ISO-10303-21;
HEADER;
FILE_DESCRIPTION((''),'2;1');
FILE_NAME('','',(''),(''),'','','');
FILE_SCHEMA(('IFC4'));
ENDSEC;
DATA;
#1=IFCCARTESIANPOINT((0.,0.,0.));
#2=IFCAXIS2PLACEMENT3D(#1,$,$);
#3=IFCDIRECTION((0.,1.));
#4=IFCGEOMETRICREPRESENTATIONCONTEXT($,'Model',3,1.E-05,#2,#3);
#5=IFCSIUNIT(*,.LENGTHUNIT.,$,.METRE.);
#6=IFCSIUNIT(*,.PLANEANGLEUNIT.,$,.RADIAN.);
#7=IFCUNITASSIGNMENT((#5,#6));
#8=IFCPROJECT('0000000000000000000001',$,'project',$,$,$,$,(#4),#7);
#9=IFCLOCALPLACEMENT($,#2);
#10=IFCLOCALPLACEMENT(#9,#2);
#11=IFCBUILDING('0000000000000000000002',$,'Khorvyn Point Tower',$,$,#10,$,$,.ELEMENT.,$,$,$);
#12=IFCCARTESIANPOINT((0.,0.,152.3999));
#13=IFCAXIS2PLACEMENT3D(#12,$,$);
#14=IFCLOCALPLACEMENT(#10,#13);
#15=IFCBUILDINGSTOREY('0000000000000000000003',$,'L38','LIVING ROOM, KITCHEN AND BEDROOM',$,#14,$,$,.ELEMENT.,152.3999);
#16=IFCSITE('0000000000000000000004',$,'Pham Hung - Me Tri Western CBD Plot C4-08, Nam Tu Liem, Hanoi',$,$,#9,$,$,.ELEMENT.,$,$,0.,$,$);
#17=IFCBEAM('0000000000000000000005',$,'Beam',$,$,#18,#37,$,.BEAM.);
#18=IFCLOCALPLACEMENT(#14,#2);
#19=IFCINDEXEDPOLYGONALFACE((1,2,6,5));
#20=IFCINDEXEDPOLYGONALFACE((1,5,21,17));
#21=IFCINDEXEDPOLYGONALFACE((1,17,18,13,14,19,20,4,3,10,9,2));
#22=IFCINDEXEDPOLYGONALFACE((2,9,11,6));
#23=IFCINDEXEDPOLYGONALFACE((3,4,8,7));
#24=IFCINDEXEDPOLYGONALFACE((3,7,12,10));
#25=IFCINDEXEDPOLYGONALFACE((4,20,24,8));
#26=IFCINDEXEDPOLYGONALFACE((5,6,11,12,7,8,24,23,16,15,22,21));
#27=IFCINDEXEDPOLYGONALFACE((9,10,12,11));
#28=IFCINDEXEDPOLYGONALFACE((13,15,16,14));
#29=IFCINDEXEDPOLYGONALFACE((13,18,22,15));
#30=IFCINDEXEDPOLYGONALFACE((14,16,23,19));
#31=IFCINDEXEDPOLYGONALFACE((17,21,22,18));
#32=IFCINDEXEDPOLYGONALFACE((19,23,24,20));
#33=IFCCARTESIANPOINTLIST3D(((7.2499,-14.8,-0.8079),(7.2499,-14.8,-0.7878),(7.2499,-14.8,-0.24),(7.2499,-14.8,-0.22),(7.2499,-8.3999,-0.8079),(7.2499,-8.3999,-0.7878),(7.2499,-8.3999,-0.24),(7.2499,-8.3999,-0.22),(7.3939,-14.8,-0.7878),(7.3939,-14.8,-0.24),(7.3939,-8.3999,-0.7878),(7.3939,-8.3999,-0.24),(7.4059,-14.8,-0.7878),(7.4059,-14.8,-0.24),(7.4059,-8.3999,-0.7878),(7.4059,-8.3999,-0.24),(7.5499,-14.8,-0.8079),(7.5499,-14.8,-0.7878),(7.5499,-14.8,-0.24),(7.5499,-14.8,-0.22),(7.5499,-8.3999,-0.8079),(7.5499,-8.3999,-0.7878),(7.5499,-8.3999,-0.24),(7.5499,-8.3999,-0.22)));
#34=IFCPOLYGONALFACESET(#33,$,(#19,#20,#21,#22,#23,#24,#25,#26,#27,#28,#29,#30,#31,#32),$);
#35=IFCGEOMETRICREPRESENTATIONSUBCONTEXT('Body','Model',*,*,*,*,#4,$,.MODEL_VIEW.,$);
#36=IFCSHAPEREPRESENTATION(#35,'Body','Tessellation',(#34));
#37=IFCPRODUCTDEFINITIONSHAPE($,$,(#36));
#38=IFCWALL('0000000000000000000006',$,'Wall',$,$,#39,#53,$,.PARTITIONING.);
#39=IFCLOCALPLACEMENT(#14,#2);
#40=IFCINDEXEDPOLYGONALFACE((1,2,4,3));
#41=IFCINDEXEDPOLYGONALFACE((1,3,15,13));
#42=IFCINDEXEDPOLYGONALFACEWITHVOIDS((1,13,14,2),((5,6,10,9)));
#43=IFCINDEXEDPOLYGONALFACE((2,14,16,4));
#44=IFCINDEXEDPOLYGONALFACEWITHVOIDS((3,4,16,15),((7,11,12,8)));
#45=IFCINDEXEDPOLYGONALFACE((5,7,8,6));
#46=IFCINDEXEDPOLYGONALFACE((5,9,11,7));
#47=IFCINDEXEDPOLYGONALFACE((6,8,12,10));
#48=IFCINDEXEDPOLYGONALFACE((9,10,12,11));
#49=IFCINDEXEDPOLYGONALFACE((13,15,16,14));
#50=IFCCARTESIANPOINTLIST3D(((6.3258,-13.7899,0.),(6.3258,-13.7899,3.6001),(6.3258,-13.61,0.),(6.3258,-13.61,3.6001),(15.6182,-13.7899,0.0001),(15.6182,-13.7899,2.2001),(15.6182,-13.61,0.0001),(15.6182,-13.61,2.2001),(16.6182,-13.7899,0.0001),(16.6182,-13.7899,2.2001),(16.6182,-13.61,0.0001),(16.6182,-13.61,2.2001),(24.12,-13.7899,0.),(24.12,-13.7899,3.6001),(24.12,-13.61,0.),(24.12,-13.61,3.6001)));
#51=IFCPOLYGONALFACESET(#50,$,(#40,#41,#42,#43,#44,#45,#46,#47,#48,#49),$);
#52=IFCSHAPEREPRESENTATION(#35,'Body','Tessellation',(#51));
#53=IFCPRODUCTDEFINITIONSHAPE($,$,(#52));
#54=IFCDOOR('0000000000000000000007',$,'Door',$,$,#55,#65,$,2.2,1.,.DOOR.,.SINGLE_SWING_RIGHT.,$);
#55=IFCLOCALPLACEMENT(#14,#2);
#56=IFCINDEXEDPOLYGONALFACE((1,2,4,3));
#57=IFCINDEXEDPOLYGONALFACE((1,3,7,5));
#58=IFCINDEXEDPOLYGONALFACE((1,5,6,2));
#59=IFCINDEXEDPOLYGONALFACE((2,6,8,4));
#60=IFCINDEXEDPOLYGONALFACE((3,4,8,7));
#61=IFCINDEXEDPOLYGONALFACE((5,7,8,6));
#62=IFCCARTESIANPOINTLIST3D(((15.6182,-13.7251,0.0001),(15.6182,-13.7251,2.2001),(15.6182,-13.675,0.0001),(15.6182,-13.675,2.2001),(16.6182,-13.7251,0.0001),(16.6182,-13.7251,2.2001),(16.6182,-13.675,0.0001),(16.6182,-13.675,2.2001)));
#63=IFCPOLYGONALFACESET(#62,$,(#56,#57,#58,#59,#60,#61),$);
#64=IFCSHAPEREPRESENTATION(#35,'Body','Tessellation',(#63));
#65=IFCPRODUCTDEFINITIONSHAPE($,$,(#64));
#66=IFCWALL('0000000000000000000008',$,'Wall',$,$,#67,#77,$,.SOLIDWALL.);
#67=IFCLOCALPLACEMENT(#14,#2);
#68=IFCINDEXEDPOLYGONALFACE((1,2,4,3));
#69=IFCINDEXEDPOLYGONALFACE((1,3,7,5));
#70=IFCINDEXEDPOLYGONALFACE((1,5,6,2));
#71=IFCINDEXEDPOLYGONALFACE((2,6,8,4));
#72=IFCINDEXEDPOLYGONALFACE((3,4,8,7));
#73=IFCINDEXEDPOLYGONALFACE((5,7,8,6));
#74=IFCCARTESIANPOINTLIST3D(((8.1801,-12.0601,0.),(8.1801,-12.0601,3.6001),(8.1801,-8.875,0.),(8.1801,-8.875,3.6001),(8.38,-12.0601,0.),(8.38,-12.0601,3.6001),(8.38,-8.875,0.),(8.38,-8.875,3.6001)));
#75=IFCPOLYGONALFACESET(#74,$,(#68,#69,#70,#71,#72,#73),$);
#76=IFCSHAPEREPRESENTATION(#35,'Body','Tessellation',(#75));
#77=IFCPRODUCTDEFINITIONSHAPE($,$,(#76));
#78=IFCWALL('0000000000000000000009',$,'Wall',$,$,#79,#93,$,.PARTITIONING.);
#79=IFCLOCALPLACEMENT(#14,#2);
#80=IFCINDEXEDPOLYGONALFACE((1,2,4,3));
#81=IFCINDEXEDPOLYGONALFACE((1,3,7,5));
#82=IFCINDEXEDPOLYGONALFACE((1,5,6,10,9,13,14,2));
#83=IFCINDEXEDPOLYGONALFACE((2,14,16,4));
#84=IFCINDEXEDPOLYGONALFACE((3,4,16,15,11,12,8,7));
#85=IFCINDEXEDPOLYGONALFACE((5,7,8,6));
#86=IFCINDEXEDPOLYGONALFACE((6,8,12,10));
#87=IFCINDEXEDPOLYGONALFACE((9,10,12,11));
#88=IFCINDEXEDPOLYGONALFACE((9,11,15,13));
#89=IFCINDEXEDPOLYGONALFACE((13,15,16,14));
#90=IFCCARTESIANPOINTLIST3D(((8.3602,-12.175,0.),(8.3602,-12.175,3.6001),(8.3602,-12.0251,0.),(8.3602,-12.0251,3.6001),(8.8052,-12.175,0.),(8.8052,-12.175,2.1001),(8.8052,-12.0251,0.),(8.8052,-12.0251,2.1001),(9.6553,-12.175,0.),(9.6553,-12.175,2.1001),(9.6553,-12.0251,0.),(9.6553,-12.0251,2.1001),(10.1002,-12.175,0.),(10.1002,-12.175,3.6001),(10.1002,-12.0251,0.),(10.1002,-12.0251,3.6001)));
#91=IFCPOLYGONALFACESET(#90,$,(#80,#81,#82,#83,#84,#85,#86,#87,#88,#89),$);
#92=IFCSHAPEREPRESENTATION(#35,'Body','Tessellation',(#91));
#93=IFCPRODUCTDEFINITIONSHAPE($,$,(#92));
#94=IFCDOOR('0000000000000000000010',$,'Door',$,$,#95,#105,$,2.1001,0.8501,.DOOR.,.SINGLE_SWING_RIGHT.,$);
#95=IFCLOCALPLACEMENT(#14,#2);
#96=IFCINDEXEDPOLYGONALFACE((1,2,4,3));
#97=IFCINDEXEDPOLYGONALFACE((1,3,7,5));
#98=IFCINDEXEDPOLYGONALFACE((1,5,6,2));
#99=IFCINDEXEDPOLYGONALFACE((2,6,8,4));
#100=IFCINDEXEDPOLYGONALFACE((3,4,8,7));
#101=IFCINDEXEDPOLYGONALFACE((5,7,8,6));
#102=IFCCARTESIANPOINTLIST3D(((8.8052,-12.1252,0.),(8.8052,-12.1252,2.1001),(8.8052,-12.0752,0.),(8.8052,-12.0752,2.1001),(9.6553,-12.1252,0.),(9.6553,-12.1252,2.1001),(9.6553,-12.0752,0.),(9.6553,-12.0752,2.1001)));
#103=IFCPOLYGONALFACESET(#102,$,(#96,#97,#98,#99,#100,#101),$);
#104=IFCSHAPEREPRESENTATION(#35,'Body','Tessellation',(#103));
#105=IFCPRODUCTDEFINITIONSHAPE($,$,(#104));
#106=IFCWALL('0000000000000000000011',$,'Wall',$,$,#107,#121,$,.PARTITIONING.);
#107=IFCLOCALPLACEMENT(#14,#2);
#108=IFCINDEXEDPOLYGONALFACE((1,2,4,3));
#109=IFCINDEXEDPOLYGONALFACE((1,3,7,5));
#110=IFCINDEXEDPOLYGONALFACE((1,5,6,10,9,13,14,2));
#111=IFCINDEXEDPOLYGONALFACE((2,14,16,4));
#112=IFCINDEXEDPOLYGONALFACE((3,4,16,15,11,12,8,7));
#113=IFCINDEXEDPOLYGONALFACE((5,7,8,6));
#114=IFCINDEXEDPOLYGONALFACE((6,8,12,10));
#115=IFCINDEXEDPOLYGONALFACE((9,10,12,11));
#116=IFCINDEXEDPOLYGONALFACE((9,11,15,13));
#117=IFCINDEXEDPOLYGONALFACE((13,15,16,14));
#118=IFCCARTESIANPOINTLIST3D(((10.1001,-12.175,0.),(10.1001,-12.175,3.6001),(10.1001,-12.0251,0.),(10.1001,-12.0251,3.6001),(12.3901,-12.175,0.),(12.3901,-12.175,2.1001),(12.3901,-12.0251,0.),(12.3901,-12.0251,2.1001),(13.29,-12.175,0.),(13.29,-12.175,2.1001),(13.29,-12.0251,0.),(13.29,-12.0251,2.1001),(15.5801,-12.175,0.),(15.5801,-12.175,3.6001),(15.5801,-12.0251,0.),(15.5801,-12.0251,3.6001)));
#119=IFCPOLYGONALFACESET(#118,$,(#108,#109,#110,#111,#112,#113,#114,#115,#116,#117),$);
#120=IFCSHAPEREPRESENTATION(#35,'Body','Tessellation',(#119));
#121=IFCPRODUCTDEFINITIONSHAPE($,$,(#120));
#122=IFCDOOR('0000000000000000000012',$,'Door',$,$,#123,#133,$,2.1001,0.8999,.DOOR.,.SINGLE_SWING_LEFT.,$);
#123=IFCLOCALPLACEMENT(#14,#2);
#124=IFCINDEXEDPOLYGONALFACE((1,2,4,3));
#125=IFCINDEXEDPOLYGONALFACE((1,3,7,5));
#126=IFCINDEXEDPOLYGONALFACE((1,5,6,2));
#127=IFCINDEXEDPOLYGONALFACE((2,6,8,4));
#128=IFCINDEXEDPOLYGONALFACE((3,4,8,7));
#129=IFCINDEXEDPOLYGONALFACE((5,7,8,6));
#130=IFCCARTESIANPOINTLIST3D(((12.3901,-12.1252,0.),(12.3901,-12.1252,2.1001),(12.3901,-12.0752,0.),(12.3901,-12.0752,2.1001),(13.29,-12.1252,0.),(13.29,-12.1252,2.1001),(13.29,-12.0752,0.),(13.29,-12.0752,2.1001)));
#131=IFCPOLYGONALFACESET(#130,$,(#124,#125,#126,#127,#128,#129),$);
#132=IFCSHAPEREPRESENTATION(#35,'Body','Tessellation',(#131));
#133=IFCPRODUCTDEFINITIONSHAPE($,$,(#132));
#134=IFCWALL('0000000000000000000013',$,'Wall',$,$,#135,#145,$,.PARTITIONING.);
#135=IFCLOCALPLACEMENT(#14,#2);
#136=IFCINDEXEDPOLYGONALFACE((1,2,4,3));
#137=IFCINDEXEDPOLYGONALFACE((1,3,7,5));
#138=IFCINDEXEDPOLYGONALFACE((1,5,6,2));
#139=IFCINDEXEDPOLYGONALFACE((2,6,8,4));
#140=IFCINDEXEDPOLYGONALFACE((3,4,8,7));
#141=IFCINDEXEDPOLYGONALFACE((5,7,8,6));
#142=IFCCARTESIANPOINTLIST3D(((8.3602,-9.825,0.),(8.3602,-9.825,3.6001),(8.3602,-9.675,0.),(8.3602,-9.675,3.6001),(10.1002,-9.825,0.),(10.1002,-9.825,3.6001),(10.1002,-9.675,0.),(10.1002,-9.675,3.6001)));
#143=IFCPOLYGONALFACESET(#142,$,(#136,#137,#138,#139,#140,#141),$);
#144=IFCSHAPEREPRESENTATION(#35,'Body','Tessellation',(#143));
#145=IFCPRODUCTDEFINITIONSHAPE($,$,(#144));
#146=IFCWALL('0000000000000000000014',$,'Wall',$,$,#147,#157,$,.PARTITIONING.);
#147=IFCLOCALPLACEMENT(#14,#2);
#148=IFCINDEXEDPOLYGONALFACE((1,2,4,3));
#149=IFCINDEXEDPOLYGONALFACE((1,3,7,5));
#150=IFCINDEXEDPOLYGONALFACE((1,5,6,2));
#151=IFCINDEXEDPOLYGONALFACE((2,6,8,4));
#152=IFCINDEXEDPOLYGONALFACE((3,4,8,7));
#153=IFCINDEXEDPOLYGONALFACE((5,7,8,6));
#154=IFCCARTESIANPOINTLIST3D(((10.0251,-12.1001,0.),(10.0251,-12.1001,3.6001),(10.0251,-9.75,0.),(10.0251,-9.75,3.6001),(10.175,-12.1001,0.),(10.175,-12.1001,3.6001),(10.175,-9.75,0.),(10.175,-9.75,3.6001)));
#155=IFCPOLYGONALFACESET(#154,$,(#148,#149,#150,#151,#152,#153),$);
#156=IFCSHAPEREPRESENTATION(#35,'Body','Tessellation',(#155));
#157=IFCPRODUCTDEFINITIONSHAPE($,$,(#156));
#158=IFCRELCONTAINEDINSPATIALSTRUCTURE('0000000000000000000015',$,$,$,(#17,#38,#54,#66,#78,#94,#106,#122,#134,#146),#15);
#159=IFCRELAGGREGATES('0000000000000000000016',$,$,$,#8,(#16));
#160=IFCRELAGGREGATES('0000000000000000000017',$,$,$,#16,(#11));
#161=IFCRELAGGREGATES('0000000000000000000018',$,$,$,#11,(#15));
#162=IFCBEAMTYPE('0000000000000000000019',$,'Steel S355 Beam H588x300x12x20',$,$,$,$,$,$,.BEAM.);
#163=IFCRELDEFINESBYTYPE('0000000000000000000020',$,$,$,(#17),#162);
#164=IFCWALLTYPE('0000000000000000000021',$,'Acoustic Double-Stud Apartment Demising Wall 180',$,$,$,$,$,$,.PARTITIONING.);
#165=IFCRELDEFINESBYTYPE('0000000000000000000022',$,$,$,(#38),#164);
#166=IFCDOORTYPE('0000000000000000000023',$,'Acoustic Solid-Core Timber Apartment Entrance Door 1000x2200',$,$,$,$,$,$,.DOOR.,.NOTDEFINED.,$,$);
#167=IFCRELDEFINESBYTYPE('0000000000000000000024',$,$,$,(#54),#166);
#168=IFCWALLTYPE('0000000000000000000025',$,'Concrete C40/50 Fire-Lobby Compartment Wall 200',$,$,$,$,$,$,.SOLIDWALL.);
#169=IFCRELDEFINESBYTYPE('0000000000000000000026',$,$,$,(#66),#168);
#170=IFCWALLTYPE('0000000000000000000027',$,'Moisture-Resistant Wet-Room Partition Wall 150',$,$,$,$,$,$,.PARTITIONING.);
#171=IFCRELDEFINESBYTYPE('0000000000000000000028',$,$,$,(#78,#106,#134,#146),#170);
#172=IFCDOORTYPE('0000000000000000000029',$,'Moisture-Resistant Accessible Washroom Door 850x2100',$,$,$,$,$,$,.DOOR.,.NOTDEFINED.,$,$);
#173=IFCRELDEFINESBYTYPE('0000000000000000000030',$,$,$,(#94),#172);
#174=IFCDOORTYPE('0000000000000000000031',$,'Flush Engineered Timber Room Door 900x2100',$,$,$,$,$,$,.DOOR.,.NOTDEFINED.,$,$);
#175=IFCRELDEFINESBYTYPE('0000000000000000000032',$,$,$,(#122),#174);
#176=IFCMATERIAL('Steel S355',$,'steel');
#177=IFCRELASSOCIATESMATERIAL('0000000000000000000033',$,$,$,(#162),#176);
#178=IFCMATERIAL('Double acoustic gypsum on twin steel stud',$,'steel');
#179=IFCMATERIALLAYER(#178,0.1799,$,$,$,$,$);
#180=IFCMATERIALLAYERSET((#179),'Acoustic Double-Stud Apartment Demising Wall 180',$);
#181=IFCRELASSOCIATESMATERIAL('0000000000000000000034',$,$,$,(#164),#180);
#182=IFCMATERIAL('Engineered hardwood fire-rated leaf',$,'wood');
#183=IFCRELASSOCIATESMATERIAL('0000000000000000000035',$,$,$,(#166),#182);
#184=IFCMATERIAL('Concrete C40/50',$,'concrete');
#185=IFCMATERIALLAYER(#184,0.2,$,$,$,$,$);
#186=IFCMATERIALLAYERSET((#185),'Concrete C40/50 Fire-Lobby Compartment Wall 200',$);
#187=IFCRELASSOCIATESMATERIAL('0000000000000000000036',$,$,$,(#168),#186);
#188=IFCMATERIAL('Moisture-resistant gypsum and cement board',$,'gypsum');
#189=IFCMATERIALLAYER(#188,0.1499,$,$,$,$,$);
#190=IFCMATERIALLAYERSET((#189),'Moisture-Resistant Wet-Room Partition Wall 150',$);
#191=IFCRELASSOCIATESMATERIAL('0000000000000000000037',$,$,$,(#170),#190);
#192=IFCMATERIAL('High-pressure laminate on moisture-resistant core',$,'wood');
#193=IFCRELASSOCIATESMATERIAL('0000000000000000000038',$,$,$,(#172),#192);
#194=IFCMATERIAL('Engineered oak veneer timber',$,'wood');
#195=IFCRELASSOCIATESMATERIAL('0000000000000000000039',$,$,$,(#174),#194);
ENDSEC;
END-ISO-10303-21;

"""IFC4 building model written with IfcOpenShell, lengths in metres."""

from ifc_helpers import new_model, si_unit, direction, frame, frame_2d, origin, origin_2d, place, context, subcontext, project, spatial, rectangle, i_section, extrude, material, layer, layer_set, material_profile, profile_set, type_object, element, fill, save


model = new_model("IFC4")

# Units and contexts
model_context = context("Model", 3, precision=1e-05, world=origin(), true_north=direction((0.0, 1.0)))
body_context = subcontext(model_context, "Body", "Model", "MODEL_VIEW")
ifc_project = project(units=[si_unit("LENGTHUNIT", "METRE"), si_unit("PLANEANGLEUNIT", "RADIAN")], contexts=[model_context])

# Site, building, storey
site_placement = place(None, origin())
site = spatial("IfcSite", under=ifc_project, at=site_placement, Name="Pham Hung - Me Tri Western CBD Plot C4-08, Nam Tu Liem, Hanoi", CompositionType="ELEMENT", RefElevation=0.0)
building_placement = place(site_placement, origin())
building = spatial("IfcBuilding", under=site, at=building_placement, Name="Khorvyn Point Tower", CompositionType="ELEMENT")
storey_placement = place(building_placement, frame((0.0, 0.0, 152.3999)))
storey = spatial("IfcBuildingStorey", under=building, at=storey_placement, Name="L38", Description="LIVING ROOM, KITCHEN AND BEDROOM", CompositionType="ELEMENT", Elevation=152.3999)

# Beam
ifc_material_1 = material(Name="Steel S355", Category="steel")
ifc_material_profile = material_profile(ifc_material_1, i_section(OverallWidth=0.3, OverallDepth=0.5879, WebThickness=0.012, FlangeThickness=0.02, at=origin_2d()))
ifc_profile_set = profile_set([ifc_material_profile], Name="Steel S355 H588x300x12x20")
beam_type = type_object("IfcBeamType", Name="Steel S355 Beam H588x300x12x20", PredefinedType="BEAM", material=ifc_profile_set)
beam_placement = place(storey_placement, frame((7.3999, -14.8, -0.5139), z_axis=(0.0, 1.0, 0.0), x_axis=(-1.0, 0.0, 0.0)))
element("IfcBeam", 1, at=beam_placement, inside=storey, type_object=beam_type, Name="Beam", PredefinedType="BEAM", context=body_context, shape_type="SweptSolid", body=[
    extrude(i_section(OverallWidth=0.3, OverallDepth=0.5879, WebThickness=0.012, FlangeThickness=0.02, at=origin_2d()), origin(), (0.0, 0.0, 1.0), 6.4001),
])

# Wall, opening, door
ifc_material_2 = material(Name="Double acoustic gypsum on twin steel stud", Category="steel")
ifc_layer_1 = layer(ifc_material_2, 0.1799)
ifc_layer_set_1 = layer_set([ifc_layer_1], Name="Acoustic Double-Stud Apartment Demising Wall 180")
wall_type_1 = type_object("IfcWallType", Name="Acoustic Double-Stud Apartment Demising Wall 180", PredefinedType="PARTITIONING", material=ifc_layer_set_1)
wall_1_placement = place(storey_placement, frame((6.3259, -13.7, 0.0), z_axis=(0.0, 0.0, 1.0), x_axis=(1.0, 0.0, 0.0)))
wall_1 = element("IfcWall", 2, at=wall_1_placement, inside=storey, type_object=wall_type_1, Name="Wall", PredefinedType="PARTITIONING", context=body_context, shape_type="SweptSolid", body=[
    extrude(rectangle(XDim=17.7942, YDim=0.1799, at=frame_2d((8.897, 0.0))), origin(), (0.0, 0.0, 1.0), 3.6001),
])
opening_1_placement = place(wall_1_placement, frame((9.2922, 0.0, 0.0)))
opening_1 = element("IfcOpeningElement", 3, at=opening_1_placement, cuts=wall_1, PredefinedType="OPENING", context=body_context, shape_type="SweptSolid", body=[
    extrude(rectangle(XDim=1.0, YDim=2.2, at=frame_2d((0.5, 1.1001))), frame((0.0, 0.0999, 0.0), z_axis=(0.0, -1.0, 0.0), x_axis=(1.0, 0.0, 0.0)), (0.0, 0.0, 1.0), 0.2),
])
ifc_material_3 = material(Name="Engineered hardwood fire-rated leaf", Category="wood")
door_type_1 = type_object("IfcDoorType", Name="Acoustic Solid-Core Timber Apartment Entrance Door 1000x2200", OperationType="NOTDEFINED", PredefinedType="DOOR", material=ifc_material_3)
door_1_placement = place(opening_1_placement, origin())
door_1 = element("IfcDoor", 4, at=door_1_placement, inside=storey, type_object=door_type_1, Name="Door", OperationType="SINGLE_SWING_RIGHT", OverallHeight=2.2, OverallWidth=1.0, PredefinedType="DOOR", context=body_context, shape_type="SweptSolid", body=[
    extrude(rectangle(XDim=1.0, YDim=2.2, at=frame_2d((0.5, 1.1001))), frame((0.0, 0.0249, 0.0), z_axis=(0.0, -1.0, 0.0), x_axis=(1.0, 0.0, 0.0)), (0.0, 0.0, 1.0), 0.05),
])
fill(opening_1, door_1)
ifc_material_4 = material(Name="Concrete C40/50", Category="concrete")
ifc_layer_2 = layer(ifc_material_4, 0.2)
ifc_layer_set_2 = layer_set([ifc_layer_2], Name="Concrete C40/50 Fire-Lobby Compartment Wall 200")
wall_type_2 = type_object("IfcWallType", Name="Concrete C40/50 Fire-Lobby Compartment Wall 200", PredefinedType="SOLIDWALL", material=ifc_layer_set_2)

# Wall
wall_2_placement = place(storey_placement, frame((8.28, -12.0601, 0.0), z_axis=(0.0, 0.0, 1.0), x_axis=(0.0, 1.0, 0.0)))
element("IfcWall", 5, at=wall_2_placement, inside=storey, type_object=wall_type_2, Name="Wall", PredefinedType="SOLIDWALL", context=body_context, shape_type="SweptSolid", body=[
    extrude(rectangle(XDim=3.1851, YDim=0.2, at=frame_2d((1.5925, 0.0))), origin(), (0.0, 0.0, 1.0), 3.6001),
])

# Walls, openings, doors
ifc_material_5 = material(Name="Moisture-resistant gypsum and cement board", Category="gypsum")
ifc_layer_3 = layer(ifc_material_5, 0.1499)
ifc_layer_set_3 = layer_set([ifc_layer_3], Name="Moisture-Resistant Wet-Room Partition Wall 150")
wall_type_3 = type_object("IfcWallType", Name="Moisture-Resistant Wet-Room Partition Wall 150", PredefinedType="PARTITIONING", material=ifc_layer_set_3)
wall_3_placement = place(storey_placement, frame((8.3601, -12.1001, 0.0), z_axis=(0.0, 0.0, 1.0), x_axis=(1.0, 0.0, 0.0)))
wall_3 = element("IfcWall", 6, at=wall_3_placement, inside=storey, type_object=wall_type_3, Name="Wall", PredefinedType="PARTITIONING", context=body_context, shape_type="SweptSolid", body=[
    extrude(rectangle(XDim=1.74, YDim=0.1499, at=frame_2d((0.8701, 0.0))), origin(), (0.0, 0.0, 1.0), 3.6001),
])
opening_2_placement = place(wall_3_placement, frame((0.4451, 0.0, 0.0)))
opening_2 = element("IfcOpeningElement", 7, at=opening_2_placement, cuts=wall_3, PredefinedType="OPENING", context=body_context, shape_type="SweptSolid", body=[
    extrude(rectangle(XDim=0.8501, YDim=2.1001, at=frame_2d((0.425, 1.05))), frame((0.0, 0.085, 0.0), z_axis=(0.0, -1.0, 0.0), x_axis=(1.0, 0.0, 0.0)), (0.0, 0.0, 1.0), 0.1699),
])
ifc_material_6 = material(Name="High-pressure laminate on moisture-resistant core", Category="wood")
door_type_2 = type_object("IfcDoorType", Name="Moisture-Resistant Accessible Washroom Door 850x2100", OperationType="NOTDEFINED", PredefinedType="DOOR", material=ifc_material_6)
door_2_placement = place(opening_2_placement, origin())
door_2 = element("IfcDoor", 8, at=door_2_placement, inside=storey, type_object=door_type_2, Name="Door", OperationType="SINGLE_SWING_RIGHT", OverallHeight=2.1001, OverallWidth=0.8501, PredefinedType="DOOR", context=body_context, shape_type="SweptSolid", body=[
    extrude(rectangle(XDim=0.8501, YDim=2.1001, at=frame_2d((0.425, 1.05))), frame((0.0, 0.0249, 0.0), z_axis=(0.0, -1.0, 0.0), x_axis=(1.0, 0.0, 0.0)), (0.0, 0.0, 1.0), 0.05),
])
fill(opening_2, door_2)
wall_4_placement = place(storey_placement, frame((10.1001, -12.1001, 0.0), z_axis=(0.0, 0.0, 1.0), x_axis=(1.0, 0.0, 0.0)))
wall_4 = element("IfcWall", 9, at=wall_4_placement, inside=storey, type_object=wall_type_3, Name="Wall", PredefinedType="PARTITIONING", context=body_context, shape_type="SweptSolid", body=[
    extrude(rectangle(XDim=5.48, YDim=0.1499, at=frame_2d((2.74, 0.0))), origin(), (0.0, 0.0, 1.0), 3.6001),
])
opening_3_placement = place(wall_4_placement, frame((2.29, 0.0, 0.0)))
opening_3 = element("IfcOpeningElement", 10, at=opening_3_placement, cuts=wall_4, PredefinedType="OPENING", context=body_context, shape_type="SweptSolid", body=[
    extrude(rectangle(XDim=0.8999, YDim=2.1001, at=frame_2d((0.45, 1.05))), frame((0.0, 0.085, 0.0), z_axis=(0.0, -1.0, 0.0), x_axis=(1.0, 0.0, 0.0)), (0.0, 0.0, 1.0), 0.1699),
])
ifc_material_7 = material(Name="Engineered oak veneer timber", Category="wood")
door_type_3 = type_object("IfcDoorType", Name="Flush Engineered Timber Room Door 900x2100", OperationType="NOTDEFINED", PredefinedType="DOOR", material=ifc_material_7)
door_3_placement = place(opening_3_placement, origin())
door_3 = element("IfcDoor", 11, at=door_3_placement, inside=storey, type_object=door_type_3, Name="Door", OperationType="SINGLE_SWING_LEFT", OverallHeight=2.1001, OverallWidth=0.8999, PredefinedType="DOOR", context=body_context, shape_type="SweptSolid", body=[
    extrude(rectangle(XDim=0.8999, YDim=2.1001, at=frame_2d((0.45, 1.05))), frame((0.0, 0.0249, 0.0), z_axis=(0.0, -1.0, 0.0), x_axis=(1.0, 0.0, 0.0)), (0.0, 0.0, 1.0), 0.05),
])
fill(opening_3, door_3)

# Walls
wall_5_placement = place(storey_placement, frame((8.3601, -9.75, 0.0), z_axis=(0.0, 0.0, 1.0), x_axis=(1.0, 0.0, 0.0)))
element("IfcWall", 12, at=wall_5_placement, inside=storey, type_object=wall_type_3, Name="Wall", PredefinedType="PARTITIONING", context=body_context, shape_type="SweptSolid", body=[
    extrude(rectangle(XDim=1.74, YDim=0.1499, at=frame_2d((0.8701, 0.0))), origin(), (0.0, 0.0, 1.0), 3.6001),
])
wall_6_placement = place(storey_placement, frame((10.1001, -12.1001, 0.0), z_axis=(0.0, 0.0, 1.0), x_axis=(0.0, 1.0, 0.0)))
element("IfcWall", 13, at=wall_6_placement, inside=storey, type_object=wall_type_3, Name="Wall", PredefinedType="PARTITIONING", context=body_context, shape_type="SweptSolid", body=[
    extrude(rectangle(XDim=2.3501, YDim=0.1499, at=frame_2d((1.175, 0.0))), origin(), (0.0, 0.0, 1.0), 3.6001),
])

save(model, "model.ifc")
